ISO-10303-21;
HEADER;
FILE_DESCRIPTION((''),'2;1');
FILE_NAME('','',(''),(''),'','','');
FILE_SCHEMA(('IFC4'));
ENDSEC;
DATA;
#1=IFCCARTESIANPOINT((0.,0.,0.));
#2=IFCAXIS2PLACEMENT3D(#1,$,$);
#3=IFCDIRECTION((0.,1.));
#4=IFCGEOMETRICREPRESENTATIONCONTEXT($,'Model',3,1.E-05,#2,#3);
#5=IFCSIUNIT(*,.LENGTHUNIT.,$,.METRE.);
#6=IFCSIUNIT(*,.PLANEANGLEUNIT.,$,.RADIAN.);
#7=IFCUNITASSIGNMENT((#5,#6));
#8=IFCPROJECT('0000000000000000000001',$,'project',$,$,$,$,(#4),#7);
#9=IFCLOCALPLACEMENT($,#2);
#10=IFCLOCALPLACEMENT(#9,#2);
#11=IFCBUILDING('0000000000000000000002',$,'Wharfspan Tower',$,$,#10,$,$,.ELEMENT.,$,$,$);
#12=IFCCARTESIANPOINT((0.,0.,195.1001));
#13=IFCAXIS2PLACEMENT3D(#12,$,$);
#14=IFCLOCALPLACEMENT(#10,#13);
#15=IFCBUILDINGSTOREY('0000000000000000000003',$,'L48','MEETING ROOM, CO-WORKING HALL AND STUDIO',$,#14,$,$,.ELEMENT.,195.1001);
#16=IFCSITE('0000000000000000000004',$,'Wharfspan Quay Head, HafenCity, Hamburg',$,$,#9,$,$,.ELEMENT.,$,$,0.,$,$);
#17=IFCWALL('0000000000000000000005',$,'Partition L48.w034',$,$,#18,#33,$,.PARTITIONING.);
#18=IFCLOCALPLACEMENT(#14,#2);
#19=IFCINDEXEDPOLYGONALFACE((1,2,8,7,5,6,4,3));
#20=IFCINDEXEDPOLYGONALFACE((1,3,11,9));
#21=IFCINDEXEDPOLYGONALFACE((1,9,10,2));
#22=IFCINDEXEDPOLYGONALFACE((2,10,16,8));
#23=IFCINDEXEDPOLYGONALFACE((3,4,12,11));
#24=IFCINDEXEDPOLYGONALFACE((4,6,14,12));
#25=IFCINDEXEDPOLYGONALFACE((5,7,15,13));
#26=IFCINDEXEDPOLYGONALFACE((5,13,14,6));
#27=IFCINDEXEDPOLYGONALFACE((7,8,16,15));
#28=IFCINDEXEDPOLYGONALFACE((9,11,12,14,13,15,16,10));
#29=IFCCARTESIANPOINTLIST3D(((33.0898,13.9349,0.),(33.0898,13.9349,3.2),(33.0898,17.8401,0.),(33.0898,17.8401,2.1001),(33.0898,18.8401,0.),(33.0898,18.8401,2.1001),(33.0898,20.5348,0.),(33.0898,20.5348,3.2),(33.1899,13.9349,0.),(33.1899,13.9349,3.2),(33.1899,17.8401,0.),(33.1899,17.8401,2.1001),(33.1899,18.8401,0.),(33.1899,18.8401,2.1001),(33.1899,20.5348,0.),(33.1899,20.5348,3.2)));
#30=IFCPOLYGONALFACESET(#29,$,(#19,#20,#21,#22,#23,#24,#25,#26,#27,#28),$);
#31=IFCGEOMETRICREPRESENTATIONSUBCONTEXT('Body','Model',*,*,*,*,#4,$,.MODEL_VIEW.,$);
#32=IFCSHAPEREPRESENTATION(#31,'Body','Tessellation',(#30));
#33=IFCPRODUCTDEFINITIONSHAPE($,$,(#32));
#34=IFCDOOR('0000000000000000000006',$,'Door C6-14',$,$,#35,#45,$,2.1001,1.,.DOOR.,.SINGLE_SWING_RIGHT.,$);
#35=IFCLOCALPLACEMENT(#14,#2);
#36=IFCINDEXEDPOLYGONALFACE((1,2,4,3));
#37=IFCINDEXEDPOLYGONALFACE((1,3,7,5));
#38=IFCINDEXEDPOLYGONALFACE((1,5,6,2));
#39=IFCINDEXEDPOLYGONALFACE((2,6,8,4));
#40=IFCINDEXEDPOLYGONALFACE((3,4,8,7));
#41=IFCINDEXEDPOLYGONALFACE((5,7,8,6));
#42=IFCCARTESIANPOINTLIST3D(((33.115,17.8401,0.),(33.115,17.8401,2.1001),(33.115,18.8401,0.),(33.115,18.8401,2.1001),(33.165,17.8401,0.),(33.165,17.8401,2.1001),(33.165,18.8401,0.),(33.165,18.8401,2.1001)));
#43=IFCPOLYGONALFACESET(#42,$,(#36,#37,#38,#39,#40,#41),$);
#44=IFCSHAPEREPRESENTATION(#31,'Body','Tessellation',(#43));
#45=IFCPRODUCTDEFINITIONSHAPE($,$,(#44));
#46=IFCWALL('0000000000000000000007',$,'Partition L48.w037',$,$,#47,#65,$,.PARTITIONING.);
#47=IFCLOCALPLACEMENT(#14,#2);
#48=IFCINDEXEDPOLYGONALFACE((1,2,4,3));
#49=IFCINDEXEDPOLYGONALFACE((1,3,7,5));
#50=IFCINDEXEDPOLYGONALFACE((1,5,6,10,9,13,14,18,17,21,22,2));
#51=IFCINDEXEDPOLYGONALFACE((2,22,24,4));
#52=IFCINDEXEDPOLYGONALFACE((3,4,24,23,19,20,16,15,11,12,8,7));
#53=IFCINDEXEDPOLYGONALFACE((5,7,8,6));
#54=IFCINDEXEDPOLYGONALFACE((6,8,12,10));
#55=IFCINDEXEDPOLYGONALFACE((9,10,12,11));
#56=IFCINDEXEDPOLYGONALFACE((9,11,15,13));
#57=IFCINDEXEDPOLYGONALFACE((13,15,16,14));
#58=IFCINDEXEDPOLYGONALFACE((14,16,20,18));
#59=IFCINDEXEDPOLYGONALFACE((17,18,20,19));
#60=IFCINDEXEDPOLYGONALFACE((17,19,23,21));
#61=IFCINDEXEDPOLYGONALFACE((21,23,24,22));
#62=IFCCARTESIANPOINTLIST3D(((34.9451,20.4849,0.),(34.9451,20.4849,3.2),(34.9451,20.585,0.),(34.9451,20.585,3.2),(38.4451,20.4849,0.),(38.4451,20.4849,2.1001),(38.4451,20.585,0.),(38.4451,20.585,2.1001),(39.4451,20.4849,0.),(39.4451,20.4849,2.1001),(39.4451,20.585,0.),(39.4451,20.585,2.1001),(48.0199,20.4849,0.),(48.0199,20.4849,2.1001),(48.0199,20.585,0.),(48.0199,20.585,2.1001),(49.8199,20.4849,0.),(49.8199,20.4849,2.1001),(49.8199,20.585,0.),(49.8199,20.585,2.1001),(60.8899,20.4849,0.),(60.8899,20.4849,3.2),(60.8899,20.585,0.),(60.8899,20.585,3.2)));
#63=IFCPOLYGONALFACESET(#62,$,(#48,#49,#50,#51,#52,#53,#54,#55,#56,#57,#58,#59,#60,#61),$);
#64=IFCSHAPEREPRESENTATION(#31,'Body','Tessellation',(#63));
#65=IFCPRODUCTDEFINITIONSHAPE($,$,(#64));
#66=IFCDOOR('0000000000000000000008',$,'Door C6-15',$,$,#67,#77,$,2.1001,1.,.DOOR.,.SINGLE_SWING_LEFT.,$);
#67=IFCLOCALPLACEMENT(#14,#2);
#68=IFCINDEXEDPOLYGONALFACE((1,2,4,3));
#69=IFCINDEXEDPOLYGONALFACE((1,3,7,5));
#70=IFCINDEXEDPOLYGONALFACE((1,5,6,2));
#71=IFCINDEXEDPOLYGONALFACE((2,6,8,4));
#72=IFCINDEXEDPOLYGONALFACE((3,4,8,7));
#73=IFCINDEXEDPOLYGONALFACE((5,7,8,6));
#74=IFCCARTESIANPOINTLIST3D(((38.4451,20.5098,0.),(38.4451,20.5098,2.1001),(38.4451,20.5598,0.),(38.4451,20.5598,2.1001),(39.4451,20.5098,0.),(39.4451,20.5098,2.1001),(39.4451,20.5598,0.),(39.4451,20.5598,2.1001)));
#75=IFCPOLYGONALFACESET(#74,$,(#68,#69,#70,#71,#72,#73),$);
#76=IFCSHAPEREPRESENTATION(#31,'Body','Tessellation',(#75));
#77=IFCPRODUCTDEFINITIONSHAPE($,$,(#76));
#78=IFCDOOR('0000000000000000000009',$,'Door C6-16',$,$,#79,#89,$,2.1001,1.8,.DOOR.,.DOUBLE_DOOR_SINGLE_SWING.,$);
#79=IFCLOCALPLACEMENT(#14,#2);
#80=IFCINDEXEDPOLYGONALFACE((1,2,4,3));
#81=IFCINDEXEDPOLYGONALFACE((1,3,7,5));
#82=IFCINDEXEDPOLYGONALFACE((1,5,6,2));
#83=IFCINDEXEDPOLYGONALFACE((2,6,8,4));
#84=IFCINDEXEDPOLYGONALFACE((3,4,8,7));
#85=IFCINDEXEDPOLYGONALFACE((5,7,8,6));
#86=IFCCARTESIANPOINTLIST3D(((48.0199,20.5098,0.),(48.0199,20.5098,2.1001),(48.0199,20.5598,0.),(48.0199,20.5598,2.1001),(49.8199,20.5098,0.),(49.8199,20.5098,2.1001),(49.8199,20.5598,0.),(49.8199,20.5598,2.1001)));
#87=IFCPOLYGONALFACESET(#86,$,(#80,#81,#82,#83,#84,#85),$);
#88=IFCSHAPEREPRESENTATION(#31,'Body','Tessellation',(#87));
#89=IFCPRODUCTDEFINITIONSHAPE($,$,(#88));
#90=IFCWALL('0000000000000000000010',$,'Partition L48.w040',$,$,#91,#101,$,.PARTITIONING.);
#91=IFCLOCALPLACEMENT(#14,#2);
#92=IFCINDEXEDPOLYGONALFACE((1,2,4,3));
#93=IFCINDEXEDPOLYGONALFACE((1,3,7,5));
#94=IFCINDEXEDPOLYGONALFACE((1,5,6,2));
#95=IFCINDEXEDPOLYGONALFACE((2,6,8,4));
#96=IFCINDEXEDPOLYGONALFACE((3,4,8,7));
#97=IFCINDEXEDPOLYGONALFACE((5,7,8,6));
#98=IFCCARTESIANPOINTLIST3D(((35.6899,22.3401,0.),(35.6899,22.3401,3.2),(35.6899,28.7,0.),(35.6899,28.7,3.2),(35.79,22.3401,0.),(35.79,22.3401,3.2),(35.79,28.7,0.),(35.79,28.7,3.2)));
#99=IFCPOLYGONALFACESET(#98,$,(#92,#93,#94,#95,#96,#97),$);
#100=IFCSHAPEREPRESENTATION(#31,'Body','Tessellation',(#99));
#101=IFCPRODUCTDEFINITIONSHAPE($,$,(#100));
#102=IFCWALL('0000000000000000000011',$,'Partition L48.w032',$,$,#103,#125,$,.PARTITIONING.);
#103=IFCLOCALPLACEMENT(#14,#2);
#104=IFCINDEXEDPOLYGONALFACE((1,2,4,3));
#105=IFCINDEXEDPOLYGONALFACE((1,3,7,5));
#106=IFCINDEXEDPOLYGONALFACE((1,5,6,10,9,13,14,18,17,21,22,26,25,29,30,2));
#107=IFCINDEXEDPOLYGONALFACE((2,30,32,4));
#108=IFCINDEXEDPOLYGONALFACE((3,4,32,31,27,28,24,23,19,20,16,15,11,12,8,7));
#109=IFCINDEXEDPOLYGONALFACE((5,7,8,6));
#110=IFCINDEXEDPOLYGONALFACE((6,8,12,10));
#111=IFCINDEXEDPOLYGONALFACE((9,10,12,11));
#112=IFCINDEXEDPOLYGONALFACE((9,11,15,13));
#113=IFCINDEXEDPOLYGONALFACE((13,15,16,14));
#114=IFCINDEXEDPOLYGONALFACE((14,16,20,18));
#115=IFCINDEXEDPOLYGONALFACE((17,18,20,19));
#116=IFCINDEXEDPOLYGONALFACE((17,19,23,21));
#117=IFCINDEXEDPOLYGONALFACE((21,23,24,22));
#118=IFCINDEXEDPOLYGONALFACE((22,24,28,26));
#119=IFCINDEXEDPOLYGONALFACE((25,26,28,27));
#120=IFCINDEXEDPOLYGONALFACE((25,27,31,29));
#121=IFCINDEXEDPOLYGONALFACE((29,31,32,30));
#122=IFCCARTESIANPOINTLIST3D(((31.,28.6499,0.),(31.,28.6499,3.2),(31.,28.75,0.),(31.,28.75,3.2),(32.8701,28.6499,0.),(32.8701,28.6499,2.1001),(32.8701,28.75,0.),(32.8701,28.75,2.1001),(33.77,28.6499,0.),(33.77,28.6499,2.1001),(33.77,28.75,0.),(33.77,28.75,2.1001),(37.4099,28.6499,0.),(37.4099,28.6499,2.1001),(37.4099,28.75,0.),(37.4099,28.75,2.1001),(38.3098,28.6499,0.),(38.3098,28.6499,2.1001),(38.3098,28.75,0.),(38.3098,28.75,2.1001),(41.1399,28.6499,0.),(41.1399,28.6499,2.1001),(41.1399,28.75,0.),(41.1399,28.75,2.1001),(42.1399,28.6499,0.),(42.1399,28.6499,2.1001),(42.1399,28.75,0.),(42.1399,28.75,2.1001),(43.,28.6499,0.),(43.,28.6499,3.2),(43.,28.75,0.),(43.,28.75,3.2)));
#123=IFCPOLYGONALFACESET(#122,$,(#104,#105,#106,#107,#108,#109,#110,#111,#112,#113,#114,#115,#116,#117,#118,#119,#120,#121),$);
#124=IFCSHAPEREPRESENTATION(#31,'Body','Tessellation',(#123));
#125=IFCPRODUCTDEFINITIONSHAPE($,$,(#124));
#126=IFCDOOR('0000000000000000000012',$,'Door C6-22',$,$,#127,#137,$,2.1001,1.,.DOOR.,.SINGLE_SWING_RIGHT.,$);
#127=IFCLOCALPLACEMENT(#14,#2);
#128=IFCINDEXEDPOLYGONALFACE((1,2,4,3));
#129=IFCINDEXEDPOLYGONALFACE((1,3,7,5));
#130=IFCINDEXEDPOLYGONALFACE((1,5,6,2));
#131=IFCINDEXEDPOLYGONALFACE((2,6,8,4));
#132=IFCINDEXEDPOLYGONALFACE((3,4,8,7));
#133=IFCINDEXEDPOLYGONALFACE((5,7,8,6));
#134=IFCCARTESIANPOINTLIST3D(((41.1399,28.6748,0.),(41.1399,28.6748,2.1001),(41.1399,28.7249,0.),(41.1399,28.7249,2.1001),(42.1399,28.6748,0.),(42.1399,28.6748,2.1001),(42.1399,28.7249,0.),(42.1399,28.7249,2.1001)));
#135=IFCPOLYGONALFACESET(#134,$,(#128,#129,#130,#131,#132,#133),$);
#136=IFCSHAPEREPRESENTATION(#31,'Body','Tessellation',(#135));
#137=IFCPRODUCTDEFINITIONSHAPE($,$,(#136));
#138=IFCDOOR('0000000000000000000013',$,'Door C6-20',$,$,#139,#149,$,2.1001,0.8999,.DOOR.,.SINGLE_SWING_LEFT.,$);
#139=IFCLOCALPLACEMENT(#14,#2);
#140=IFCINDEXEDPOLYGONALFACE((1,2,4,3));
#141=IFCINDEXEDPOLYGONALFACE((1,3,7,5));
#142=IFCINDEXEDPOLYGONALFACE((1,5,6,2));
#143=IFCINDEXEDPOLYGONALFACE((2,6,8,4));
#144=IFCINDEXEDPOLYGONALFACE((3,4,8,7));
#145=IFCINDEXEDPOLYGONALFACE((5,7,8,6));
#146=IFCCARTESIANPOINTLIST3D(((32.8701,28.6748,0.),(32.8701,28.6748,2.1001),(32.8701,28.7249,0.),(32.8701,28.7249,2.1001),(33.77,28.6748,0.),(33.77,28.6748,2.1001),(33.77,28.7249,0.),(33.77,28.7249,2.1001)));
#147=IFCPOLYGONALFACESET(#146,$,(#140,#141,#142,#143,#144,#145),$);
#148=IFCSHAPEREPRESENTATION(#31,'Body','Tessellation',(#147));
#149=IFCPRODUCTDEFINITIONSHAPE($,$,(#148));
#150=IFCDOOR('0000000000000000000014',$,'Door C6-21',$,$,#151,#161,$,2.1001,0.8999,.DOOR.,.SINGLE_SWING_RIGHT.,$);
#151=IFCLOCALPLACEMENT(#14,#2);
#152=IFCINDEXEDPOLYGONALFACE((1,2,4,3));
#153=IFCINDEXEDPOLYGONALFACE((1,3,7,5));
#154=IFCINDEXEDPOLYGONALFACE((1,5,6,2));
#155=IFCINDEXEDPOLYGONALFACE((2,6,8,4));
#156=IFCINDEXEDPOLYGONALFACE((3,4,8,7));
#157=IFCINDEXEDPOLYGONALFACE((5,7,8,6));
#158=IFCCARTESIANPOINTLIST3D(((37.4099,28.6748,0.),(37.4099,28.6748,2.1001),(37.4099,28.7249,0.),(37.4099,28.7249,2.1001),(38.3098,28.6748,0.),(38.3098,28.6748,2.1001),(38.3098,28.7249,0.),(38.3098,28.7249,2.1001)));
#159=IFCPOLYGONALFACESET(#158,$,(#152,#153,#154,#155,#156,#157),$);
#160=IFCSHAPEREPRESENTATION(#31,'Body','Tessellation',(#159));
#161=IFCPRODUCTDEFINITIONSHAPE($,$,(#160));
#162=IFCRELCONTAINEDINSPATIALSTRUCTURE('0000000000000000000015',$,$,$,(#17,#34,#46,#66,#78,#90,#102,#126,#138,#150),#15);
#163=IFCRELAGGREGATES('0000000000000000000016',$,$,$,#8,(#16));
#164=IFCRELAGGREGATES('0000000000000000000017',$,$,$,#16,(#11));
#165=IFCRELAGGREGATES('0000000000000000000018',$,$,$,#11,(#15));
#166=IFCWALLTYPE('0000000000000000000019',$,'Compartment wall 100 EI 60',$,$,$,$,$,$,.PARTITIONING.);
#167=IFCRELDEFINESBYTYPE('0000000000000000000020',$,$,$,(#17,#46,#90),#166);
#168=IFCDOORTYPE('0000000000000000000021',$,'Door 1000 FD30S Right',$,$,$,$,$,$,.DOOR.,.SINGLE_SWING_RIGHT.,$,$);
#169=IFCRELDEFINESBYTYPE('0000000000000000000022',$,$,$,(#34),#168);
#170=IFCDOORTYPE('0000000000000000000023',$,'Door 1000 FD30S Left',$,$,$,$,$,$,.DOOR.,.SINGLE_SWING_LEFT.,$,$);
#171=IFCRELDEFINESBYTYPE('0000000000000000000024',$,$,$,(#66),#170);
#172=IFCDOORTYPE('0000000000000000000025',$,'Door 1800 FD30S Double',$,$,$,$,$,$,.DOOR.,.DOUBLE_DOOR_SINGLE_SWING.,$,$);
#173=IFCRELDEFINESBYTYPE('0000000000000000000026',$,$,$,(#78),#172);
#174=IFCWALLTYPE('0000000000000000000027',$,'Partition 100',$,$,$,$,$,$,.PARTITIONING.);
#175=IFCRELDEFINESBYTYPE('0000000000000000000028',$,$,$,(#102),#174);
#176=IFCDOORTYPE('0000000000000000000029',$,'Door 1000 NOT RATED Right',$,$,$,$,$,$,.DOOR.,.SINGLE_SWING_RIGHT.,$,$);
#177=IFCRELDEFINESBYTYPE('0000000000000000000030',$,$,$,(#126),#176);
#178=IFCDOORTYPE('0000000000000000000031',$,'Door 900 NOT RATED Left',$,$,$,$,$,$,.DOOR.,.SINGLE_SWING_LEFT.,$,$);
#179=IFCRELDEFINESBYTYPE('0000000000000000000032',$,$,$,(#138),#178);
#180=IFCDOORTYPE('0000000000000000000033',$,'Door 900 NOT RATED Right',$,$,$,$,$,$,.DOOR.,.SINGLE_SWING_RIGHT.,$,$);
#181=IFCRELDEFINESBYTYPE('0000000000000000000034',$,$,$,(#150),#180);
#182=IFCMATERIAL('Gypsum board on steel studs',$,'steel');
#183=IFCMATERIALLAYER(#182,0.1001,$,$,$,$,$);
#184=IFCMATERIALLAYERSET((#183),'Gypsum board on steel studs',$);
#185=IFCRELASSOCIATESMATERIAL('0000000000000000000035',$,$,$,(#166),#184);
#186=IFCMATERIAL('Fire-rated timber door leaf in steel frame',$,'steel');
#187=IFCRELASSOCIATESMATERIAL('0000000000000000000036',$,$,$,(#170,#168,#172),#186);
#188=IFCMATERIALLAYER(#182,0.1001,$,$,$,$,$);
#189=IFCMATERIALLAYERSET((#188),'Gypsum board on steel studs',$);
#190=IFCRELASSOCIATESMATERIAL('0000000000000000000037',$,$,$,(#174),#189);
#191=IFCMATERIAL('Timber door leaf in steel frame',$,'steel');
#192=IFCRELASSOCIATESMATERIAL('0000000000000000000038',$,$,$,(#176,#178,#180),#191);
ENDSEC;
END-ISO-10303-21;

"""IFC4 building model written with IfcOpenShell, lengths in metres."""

from ifc_helpers import new_model, si_unit, direction, frame, frame_2d, origin, place, context, subcontext, project, spatial, rectangle, extrude, material, layer, layer_set, type_object, element, fill, save


model = new_model("IFC4")

# Units and contexts
model_context = context("Model", 3, precision=1e-05, world=origin(), true_north=direction((0.0, 1.0)))
body_context = subcontext(model_context, "Body", "Model", "MODEL_VIEW")
ifc_project = project(units=[si_unit("LENGTHUNIT", "METRE"), si_unit("PLANEANGLEUNIT", "RADIAN")], contexts=[model_context])

# Site, building, storey
site_placement = place(None, origin())
site = spatial("IfcSite", under=ifc_project, at=site_placement, Name="Wharfspan Quay Head, HafenCity, Hamburg", CompositionType="ELEMENT", RefElevation=0.0)
building_placement = place(site_placement, origin())
building = spatial("IfcBuilding", under=site, at=building_placement, Name="Wharfspan Tower", CompositionType="ELEMENT")
storey_placement = place(building_placement, frame((0.0, 0.0, 195.1001)))
storey = spatial("IfcBuildingStorey", under=building, at=storey_placement, Name="L48", Description="MEETING ROOM, CO-WORKING HALL AND STUDIO", CompositionType="ELEMENT", Elevation=195.1001)

# Shared definitions
ifc_material_1 = material(Name="Gypsum board on steel studs", Category="steel")
ifc_layer_1 = layer(ifc_material_1, 0.1001)
ifc_layer_set_1 = layer_set([ifc_layer_1], Name="Gypsum board on steel studs")
wall_type_1 = type_object("IfcWallType", Name="Compartment wall 100 EI 60", PredefinedType="PARTITIONING", material=ifc_layer_set_1)

# Shared definitions
ifc_material_2 = material(Name="Fire-rated timber door leaf in steel frame", Category="steel")
door_type_1 = type_object("IfcDoorType", Name="Door 1000 FD30S Left", OperationType="SINGLE_SWING_LEFT", PredefinedType="DOOR", material=ifc_material_2)

# Wall, opening, door
wall_1_placement = place(storey_placement, frame((33.1399, 13.9351, 0.0), z_axis=(0.0, 0.0, 1.0), x_axis=(0.0, 1.0, 0.0)))
wall_1 = element("IfcWall", 1, at=wall_1_placement, inside=storey, type_object=wall_type_1, Name="Partition L48.w034", PredefinedType="PARTITIONING", context=body_context, shape_type="SweptSolid", body=[
    extrude(rectangle(XDim=6.5999, YDim=0.1001, at=frame_2d((3.2998, 0.0))), origin(), (0.0, 0.0, 1.0), 3.2),
])
opening_1_placement = place(wall_1_placement, frame((3.905, 0.0, 0.0)))
opening_1 = element("IfcOpeningElement", 2, at=opening_1_placement, cuts=wall_1, PredefinedType="OPENING", context=body_context, shape_type="SweptSolid", body=[
    extrude(rectangle(XDim=1.0, YDim=2.1001, at=frame_2d((0.5, 1.05))), frame((0.0, 0.0601, 0.0), z_axis=(0.0, -1.0, 0.0), x_axis=(1.0, 0.0, 0.0)), (0.0, 0.0, 1.0), 0.1201),
])
door_type_2 = type_object("IfcDoorType", Name="Door 1000 FD30S Right", OperationType="SINGLE_SWING_RIGHT", PredefinedType="DOOR", material=ifc_material_2)
door_1_placement = place(opening_1_placement, origin())
door_1 = element("IfcDoor", 3, at=door_1_placement, inside=storey, type_object=door_type_2, Name="Door C6-14", OperationType="SINGLE_SWING_RIGHT", OverallHeight=2.1001, OverallWidth=1.0, PredefinedType="DOOR", context=body_context, shape_type="SweptSolid", body=[
    extrude(rectangle(XDim=1.0, YDim=2.1001, at=frame_2d((0.5, 1.05))), frame((0.0, 0.0249, 0.0), z_axis=(0.0, -1.0, 0.0), x_axis=(1.0, 0.0, 0.0)), (0.0, 0.0, 1.0), 0.05),
])
fill(opening_1, door_1)

# Wall, openings, doors
wall_2_placement = place(storey_placement, frame((34.9451, 20.5349, 0.0), z_axis=(0.0, 0.0, 1.0), x_axis=(1.0, 0.0, 0.0)))
wall_2 = element("IfcWall", 4, at=wall_2_placement, inside=storey, type_object=wall_type_1, Name="Partition L48.w037", PredefinedType="PARTITIONING", context=body_context, shape_type="SweptSolid", body=[
    extrude(rectangle(XDim=25.9448, YDim=0.1001, at=frame_2d((12.9724, 0.0))), origin(), (0.0, 0.0, 1.0), 3.2),
])
opening_2_placement = place(wall_2_placement, frame((3.5, 0.0, 0.0)))
opening_2 = element("IfcOpeningElement", 5, at=opening_2_placement, cuts=wall_2, PredefinedType="OPENING", context=body_context, shape_type="SweptSolid", body=[
    extrude(rectangle(XDim=1.0, YDim=2.1001, at=frame_2d((0.5, 1.05))), frame((0.0, 0.0601, 0.0), z_axis=(0.0, -1.0, 0.0), x_axis=(1.0, 0.0, 0.0)), (0.0, 0.0, 1.0), 0.1201),
])
opening_3_placement = place(wall_2_placement, frame((13.075, 0.0, 0.0)))
opening_3 = element("IfcOpeningElement", 6, at=opening_3_placement, cuts=wall_2, PredefinedType="OPENING", context=body_context, shape_type="SweptSolid", body=[
    extrude(rectangle(XDim=1.8, YDim=2.1001, at=frame_2d((0.8999, 1.05))), frame((0.0, 0.0601, 0.0), z_axis=(0.0, -1.0, 0.0), x_axis=(1.0, 0.0, 0.0)), (0.0, 0.0, 1.0), 0.1201),
])
door_2_placement = place(opening_2_placement, origin())
door_2 = element("IfcDoor", 7, at=door_2_placement, inside=storey, type_object=door_type_1, Name="Door C6-15", OperationType="SINGLE_SWING_LEFT", OverallHeight=2.1001, OverallWidth=1.0, PredefinedType="DOOR", context=body_context, shape_type="SweptSolid", body=[
    extrude(rectangle(XDim=1.0, YDim=2.1001, at=frame_2d((0.5, 1.05))), frame((0.0, 0.0249, 0.0), z_axis=(0.0, -1.0, 0.0), x_axis=(1.0, 0.0, 0.0)), (0.0, 0.0, 1.0), 0.05),
])
fill(opening_2, door_2)
door_type_3 = type_object("IfcDoorType", Name="Door 1800 FD30S Double", OperationType="DOUBLE_DOOR_SINGLE_SWING", PredefinedType="DOOR", material=ifc_material_2)
door_3_placement = place(opening_3_placement, origin())
door_3 = element("IfcDoor", 8, at=door_3_placement, inside=storey, type_object=door_type_3, Name="Door C6-16", OperationType="DOUBLE_DOOR_SINGLE_SWING", OverallHeight=2.1001, OverallWidth=1.8, PredefinedType="DOOR", context=body_context, shape_type="SweptSolid", body=[
    extrude(rectangle(XDim=1.8, YDim=2.1001, at=frame_2d((0.8999, 1.05))), frame((0.0, 0.0249, 0.0), z_axis=(0.0, -1.0, 0.0), x_axis=(1.0, 0.0, 0.0)), (0.0, 0.0, 1.0), 0.05),
])
fill(opening_3, door_3)

# Wall
wall_3_placement = place(storey_placement, frame((35.74, 22.3401, 0.0), z_axis=(0.0, 0.0, 1.0), x_axis=(0.0, 1.0, 0.0)))
element("IfcWall", 9, at=wall_3_placement, inside=storey, type_object=wall_type_1, Name="Partition L48.w040", PredefinedType="PARTITIONING", context=body_context, shape_type="SweptSolid", body=[
    extrude(rectangle(XDim=6.3599, YDim=0.1001, at=frame_2d((3.1799, 0.0))), origin(), (0.0, 0.0, 1.0), 3.2),
])

# Wall, openings, doors
ifc_layer_2 = layer(ifc_material_1, 0.1001)
ifc_layer_set_2 = layer_set([ifc_layer_2], Name="Gypsum board on steel studs")
wall_type_2 = type_object("IfcWallType", Name="Partition 100", PredefinedType="PARTITIONING", material=ifc_layer_set_2)
wall_4_placement = place(storey_placement, frame((31.0, 28.7, 0.0), z_axis=(0.0, 0.0, 1.0), x_axis=(1.0, 0.0, 0.0)))
wall_4 = element("IfcWall", 10, at=wall_4_placement, inside=storey, type_object=wall_type_2, Name="Partition L48.w032", PredefinedType="PARTITIONING", context=body_context, shape_type="SweptSolid", body=[
    extrude(rectangle(XDim=12.0, YDim=0.1001, at=frame_2d((6.0, 0.0))), origin(), (0.0, 0.0, 1.0), 3.2),
])
opening_4_placement = place(wall_4_placement, frame((1.8701, 0.0, 0.0)))
opening_4 = element("IfcOpeningElement", 11, at=opening_4_placement, cuts=wall_4, PredefinedType="OPENING", context=body_context, shape_type="SweptSolid", body=[
    extrude(rectangle(XDim=0.8999, YDim=2.1001, at=frame_2d((0.45, 1.05))), frame((0.0, 0.0601, 0.0), z_axis=(0.0, -1.0, 0.0), x_axis=(1.0, 0.0, 0.0)), (0.0, 0.0, 1.0), 0.1201),
])
opening_5_placement = place(wall_4_placement, frame((6.4099, 0.0, 0.0)))
opening_5 = element("IfcOpeningElement", 12, at=opening_5_placement, cuts=wall_4, PredefinedType="OPENING", context=body_context, shape_type="SweptSolid", body=[
    extrude(rectangle(XDim=0.8999, YDim=2.1001, at=frame_2d((0.45, 1.05))), frame((0.0, 0.0601, 0.0), z_axis=(0.0, -1.0, 0.0), x_axis=(1.0, 0.0, 0.0)), (0.0, 0.0, 1.0), 0.1201),
])
opening_6_placement = place(wall_4_placement, frame((10.1399, 0.0, 0.0)))
opening_6 = element("IfcOpeningElement", 13, at=opening_6_placement, cuts=wall_4, PredefinedType="OPENING", context=body_context, shape_type="SweptSolid", body=[
    extrude(rectangle(XDim=1.0, YDim=2.1001, at=frame_2d((0.5, 1.05))), frame((0.0, 0.0601, 0.0), z_axis=(0.0, -1.0, 0.0), x_axis=(1.0, 0.0, 0.0)), (0.0, 0.0, 1.0), 0.1201),
])
ifc_material_3 = material(Name="Timber door leaf in steel frame", Category="steel")
door_type_4 = type_object("IfcDoorType", Name="Door 1000 NOT RATED Right", OperationType="SINGLE_SWING_RIGHT", PredefinedType="DOOR", material=ifc_material_3)
door_4_placement = place(opening_6_placement, origin())
door_4 = element("IfcDoor", 14, at=door_4_placement, inside=storey, type_object=door_type_4, Name="Door C6-22", OperationType="SINGLE_SWING_RIGHT", OverallHeight=2.1001, OverallWidth=1.0, PredefinedType="DOOR", context=body_context, shape_type="SweptSolid", body=[
    extrude(rectangle(XDim=1.0, YDim=2.1001, at=frame_2d((0.5, 1.05))), frame((0.0, 0.0249, 0.0), z_axis=(0.0, -1.0, 0.0), x_axis=(1.0, 0.0, 0.0)), (0.0, 0.0, 1.0), 0.05),
])
fill(opening_6, door_4)
door_type_5 = type_object("IfcDoorType", Name="Door 900 NOT RATED Left", OperationType="SINGLE_SWING_LEFT", PredefinedType="DOOR", material=ifc_material_3)
door_5_placement = place(opening_4_placement, origin())
door_5 = element("IfcDoor", 15, at=door_5_placement, inside=storey, type_object=door_type_5, Name="Door C6-20", OperationType="SINGLE_SWING_LEFT", OverallHeight=2.1001, OverallWidth=0.8999, PredefinedType="DOOR", context=body_context, shape_type="SweptSolid", body=[
    extrude(rectangle(XDim=0.8999, YDim=2.1001, at=frame_2d((0.45, 1.05))), frame((0.0, 0.0249, 0.0), z_axis=(0.0, -1.0, 0.0), x_axis=(1.0, 0.0, 0.0)), (0.0, 0.0, 1.0), 0.05),
])
fill(opening_4, door_5)
door_type_6 = type_object("IfcDoorType", Name="Door 900 NOT RATED Right", OperationType="SINGLE_SWING_RIGHT", PredefinedType="DOOR", material=ifc_material_3)
door_6_placement = place(opening_5_placement, origin())
door_6 = element("IfcDoor", 16, at=door_6_placement, inside=storey, type_object=door_type_6, Name="Door C6-21", OperationType="SINGLE_SWING_RIGHT", OverallHeight=2.1001, OverallWidth=0.8999, PredefinedType="DOOR", context=body_context, shape_type="SweptSolid", body=[
    extrude(rectangle(XDim=0.8999, YDim=2.1001, at=frame_2d((0.45, 1.05))), frame((0.0, 0.0249, 0.0), z_axis=(0.0, -1.0, 0.0), x_axis=(1.0, 0.0, 0.0)), (0.0, 0.0, 1.0), 0.05),
])
fill(opening_5, door_6)

save(model, "model.ifc")
